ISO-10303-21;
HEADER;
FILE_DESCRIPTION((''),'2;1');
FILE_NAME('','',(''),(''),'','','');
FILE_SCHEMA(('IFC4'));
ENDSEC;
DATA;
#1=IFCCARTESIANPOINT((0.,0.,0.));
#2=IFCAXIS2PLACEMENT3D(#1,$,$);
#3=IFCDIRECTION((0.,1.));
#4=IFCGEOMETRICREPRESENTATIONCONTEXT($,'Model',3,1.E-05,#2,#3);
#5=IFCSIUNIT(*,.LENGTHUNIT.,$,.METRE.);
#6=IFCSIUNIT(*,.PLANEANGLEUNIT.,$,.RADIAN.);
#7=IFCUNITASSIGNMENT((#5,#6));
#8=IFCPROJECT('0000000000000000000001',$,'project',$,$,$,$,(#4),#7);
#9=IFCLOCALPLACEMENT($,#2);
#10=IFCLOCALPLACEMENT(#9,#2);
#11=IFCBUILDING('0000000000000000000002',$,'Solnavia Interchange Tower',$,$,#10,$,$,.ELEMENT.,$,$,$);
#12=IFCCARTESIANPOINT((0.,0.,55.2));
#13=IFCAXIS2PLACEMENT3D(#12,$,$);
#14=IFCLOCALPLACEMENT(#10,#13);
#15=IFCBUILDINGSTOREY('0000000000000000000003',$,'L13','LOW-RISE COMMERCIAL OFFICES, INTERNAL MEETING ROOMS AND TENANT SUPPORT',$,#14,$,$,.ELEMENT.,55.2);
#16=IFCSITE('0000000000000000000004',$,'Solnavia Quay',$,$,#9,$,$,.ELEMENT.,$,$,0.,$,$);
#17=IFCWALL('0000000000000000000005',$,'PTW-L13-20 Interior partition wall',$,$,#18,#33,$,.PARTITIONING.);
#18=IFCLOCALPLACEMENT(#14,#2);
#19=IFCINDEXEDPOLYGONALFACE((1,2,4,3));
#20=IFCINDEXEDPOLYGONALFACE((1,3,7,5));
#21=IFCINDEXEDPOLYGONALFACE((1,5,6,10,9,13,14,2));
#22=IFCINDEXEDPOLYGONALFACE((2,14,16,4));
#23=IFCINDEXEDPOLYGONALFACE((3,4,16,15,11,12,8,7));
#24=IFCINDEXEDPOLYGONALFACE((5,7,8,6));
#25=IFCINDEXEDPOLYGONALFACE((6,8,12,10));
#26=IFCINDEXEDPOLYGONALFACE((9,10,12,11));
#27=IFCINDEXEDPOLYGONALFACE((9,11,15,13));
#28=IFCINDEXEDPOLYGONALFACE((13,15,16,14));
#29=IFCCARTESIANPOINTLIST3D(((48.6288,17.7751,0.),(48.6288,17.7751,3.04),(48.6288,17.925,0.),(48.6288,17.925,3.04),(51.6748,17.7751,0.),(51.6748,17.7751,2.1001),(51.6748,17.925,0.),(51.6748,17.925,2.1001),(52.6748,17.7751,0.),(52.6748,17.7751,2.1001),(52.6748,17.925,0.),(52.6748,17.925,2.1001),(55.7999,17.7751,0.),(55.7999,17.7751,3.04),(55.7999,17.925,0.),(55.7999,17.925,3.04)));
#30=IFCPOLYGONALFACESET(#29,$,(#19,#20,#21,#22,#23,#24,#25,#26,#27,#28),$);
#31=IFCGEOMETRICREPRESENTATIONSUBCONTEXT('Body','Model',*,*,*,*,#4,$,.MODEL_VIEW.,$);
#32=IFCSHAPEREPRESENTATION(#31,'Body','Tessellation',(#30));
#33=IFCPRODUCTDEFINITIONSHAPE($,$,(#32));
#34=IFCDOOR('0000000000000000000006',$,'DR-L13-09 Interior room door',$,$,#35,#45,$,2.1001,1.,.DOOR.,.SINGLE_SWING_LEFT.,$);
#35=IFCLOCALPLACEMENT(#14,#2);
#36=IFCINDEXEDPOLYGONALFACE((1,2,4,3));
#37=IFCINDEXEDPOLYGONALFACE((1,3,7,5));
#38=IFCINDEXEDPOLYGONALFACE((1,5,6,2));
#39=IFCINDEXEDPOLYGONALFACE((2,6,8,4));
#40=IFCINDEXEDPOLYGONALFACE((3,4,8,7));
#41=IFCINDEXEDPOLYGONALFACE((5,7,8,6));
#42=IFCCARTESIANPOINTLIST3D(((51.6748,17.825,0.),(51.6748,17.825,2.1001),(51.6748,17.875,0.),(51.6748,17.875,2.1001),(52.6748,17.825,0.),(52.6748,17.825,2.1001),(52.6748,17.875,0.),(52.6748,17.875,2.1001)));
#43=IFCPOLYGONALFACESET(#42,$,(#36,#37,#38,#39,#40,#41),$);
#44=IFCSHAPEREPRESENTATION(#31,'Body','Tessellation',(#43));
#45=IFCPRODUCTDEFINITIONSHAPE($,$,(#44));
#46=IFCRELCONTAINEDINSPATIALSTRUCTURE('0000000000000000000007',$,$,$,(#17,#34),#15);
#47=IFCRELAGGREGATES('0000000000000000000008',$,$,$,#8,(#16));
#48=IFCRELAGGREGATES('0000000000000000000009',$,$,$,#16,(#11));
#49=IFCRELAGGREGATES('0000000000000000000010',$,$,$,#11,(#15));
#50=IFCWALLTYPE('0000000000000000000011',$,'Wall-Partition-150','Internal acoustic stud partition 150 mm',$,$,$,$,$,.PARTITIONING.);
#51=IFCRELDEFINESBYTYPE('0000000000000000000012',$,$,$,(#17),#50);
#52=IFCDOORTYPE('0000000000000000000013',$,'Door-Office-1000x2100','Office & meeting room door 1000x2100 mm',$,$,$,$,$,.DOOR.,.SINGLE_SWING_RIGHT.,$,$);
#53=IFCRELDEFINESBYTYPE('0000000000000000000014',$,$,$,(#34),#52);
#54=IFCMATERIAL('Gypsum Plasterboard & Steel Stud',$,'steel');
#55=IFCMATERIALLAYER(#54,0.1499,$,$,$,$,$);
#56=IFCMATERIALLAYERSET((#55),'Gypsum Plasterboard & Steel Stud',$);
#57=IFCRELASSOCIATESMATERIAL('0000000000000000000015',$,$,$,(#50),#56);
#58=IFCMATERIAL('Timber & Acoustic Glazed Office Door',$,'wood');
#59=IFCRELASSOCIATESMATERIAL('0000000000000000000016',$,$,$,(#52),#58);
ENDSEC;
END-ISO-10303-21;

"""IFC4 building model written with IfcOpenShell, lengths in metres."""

from ifc_helpers import new_model, si_unit, direction, frame, frame_2d, origin, place, context, subcontext, project, spatial, rectangle, extrude, material, layer, layer_set, type_object, element, fill, save


model = new_model("IFC4")

# Units and contexts
model_context = context("Model", 3, precision=1e-05, world=origin(), true_north=direction((0.0, 1.0)))
body_context = subcontext(model_context, "Body", "Model", "MODEL_VIEW")
ifc_project = project(units=[si_unit("LENGTHUNIT", "METRE"), si_unit("PLANEANGLEUNIT", "RADIAN")], contexts=[model_context])

# Site, building, storey
site_placement = place(None, origin())
site = spatial("IfcSite", under=ifc_project, at=site_placement, Name="Solnavia Quay", CompositionType="ELEMENT", RefElevation=0.0)
building_placement = place(site_placement, origin())
building = spatial("IfcBuilding", under=site, at=building_placement, Name="Solnavia Interchange Tower", CompositionType="ELEMENT")
storey_placement = place(building_placement, frame((0.0, 0.0, 55.2)))
storey = spatial("IfcBuildingStorey", under=building, at=storey_placement, Name="L13", Description="LOW-RISE COMMERCIAL OFFICES, INTERNAL MEETING ROOMS AND TENANT SUPPORT", CompositionType="ELEMENT", Elevation=55.2)

# Shared definitions
ifc_material_1 = material(Name="Gypsum Plasterboard & Steel Stud", Category="steel")
ifc_layer_1 = layer(ifc_material_1, 0.1499)
ifc_layer_set_1 = layer_set([ifc_layer_1], Name="Gypsum Plasterboard & Steel Stud")
wall_type_1 = type_object("IfcWallType", Name="Wall-Partition-150", Description="Internal acoustic stud partition 150 mm", PredefinedType="PARTITIONING", material=ifc_layer_set_1)

# Wall, opening, door
wall_1_placement = place(storey_placement, frame((48.6289, 17.8501, 0.0), z_axis=(0.0, 0.0, 1.0), x_axis=(1.0, 0.0, 0.0)))
wall_1 = element("IfcWall", 1, at=wall_1_placement, inside=storey, type_object=wall_type_1, Name="PTW-L13-20 Interior partition wall", PredefinedType="PARTITIONING", context=body_context, shape_type="SweptSolid", body=[
    extrude(rectangle(XDim=7.1711, YDim=0.1499, at=frame_2d((3.5854, 0.0))), origin(), (0.0, 0.0, 1.0), 3.04),
])
opening_1_placement = place(wall_1_placement, frame((3.0459, 0.0, 0.0)))
opening_1 = element("IfcOpeningElement", 2, at=opening_1_placement, cuts=wall_1, PredefinedType="OPENING", context=body_context, shape_type="SweptSolid", body=[
    extrude(rectangle(XDim=1.0, YDim=2.1001, at=frame_2d((0.5, 1.05))), frame((0.0, 0.085, 0.0), z_axis=(0.0, -1.0, 0.0), x_axis=(1.0, 0.0, 0.0)), (0.0, 0.0, 1.0), 0.1699),
])
ifc_material_2 = material(Name="Timber & Acoustic Glazed Office Door", Category="wood")
door_type = type_object("IfcDoorType", Name="Door-Office-1000x2100", Description="Office & meeting room door 1000x2100 mm", OperationType="SINGLE_SWING_RIGHT", PredefinedType="DOOR", material=ifc_material_2)
door_placement = place(opening_1_placement, origin())
door = element("IfcDoor", 3, at=door_placement, inside=storey, type_object=door_type, Name="DR-L13-09 Interior room door", OperationType="SINGLE_SWING_LEFT", OverallHeight=2.1001, OverallWidth=1.0, PredefinedType="DOOR", context=body_context, shape_type="SweptSolid", body=[
    extrude(rectangle(XDim=1.0, YDim=2.1001, at=frame_2d((0.5, 1.05))), frame((0.0, 0.0249, 0.0), z_axis=(0.0, -1.0, 0.0), x_axis=(1.0, 0.0, 0.0)), (0.0, 0.0, 1.0), 0.05),
])
fill(opening_1, door)

save(model, "model.ifc")
